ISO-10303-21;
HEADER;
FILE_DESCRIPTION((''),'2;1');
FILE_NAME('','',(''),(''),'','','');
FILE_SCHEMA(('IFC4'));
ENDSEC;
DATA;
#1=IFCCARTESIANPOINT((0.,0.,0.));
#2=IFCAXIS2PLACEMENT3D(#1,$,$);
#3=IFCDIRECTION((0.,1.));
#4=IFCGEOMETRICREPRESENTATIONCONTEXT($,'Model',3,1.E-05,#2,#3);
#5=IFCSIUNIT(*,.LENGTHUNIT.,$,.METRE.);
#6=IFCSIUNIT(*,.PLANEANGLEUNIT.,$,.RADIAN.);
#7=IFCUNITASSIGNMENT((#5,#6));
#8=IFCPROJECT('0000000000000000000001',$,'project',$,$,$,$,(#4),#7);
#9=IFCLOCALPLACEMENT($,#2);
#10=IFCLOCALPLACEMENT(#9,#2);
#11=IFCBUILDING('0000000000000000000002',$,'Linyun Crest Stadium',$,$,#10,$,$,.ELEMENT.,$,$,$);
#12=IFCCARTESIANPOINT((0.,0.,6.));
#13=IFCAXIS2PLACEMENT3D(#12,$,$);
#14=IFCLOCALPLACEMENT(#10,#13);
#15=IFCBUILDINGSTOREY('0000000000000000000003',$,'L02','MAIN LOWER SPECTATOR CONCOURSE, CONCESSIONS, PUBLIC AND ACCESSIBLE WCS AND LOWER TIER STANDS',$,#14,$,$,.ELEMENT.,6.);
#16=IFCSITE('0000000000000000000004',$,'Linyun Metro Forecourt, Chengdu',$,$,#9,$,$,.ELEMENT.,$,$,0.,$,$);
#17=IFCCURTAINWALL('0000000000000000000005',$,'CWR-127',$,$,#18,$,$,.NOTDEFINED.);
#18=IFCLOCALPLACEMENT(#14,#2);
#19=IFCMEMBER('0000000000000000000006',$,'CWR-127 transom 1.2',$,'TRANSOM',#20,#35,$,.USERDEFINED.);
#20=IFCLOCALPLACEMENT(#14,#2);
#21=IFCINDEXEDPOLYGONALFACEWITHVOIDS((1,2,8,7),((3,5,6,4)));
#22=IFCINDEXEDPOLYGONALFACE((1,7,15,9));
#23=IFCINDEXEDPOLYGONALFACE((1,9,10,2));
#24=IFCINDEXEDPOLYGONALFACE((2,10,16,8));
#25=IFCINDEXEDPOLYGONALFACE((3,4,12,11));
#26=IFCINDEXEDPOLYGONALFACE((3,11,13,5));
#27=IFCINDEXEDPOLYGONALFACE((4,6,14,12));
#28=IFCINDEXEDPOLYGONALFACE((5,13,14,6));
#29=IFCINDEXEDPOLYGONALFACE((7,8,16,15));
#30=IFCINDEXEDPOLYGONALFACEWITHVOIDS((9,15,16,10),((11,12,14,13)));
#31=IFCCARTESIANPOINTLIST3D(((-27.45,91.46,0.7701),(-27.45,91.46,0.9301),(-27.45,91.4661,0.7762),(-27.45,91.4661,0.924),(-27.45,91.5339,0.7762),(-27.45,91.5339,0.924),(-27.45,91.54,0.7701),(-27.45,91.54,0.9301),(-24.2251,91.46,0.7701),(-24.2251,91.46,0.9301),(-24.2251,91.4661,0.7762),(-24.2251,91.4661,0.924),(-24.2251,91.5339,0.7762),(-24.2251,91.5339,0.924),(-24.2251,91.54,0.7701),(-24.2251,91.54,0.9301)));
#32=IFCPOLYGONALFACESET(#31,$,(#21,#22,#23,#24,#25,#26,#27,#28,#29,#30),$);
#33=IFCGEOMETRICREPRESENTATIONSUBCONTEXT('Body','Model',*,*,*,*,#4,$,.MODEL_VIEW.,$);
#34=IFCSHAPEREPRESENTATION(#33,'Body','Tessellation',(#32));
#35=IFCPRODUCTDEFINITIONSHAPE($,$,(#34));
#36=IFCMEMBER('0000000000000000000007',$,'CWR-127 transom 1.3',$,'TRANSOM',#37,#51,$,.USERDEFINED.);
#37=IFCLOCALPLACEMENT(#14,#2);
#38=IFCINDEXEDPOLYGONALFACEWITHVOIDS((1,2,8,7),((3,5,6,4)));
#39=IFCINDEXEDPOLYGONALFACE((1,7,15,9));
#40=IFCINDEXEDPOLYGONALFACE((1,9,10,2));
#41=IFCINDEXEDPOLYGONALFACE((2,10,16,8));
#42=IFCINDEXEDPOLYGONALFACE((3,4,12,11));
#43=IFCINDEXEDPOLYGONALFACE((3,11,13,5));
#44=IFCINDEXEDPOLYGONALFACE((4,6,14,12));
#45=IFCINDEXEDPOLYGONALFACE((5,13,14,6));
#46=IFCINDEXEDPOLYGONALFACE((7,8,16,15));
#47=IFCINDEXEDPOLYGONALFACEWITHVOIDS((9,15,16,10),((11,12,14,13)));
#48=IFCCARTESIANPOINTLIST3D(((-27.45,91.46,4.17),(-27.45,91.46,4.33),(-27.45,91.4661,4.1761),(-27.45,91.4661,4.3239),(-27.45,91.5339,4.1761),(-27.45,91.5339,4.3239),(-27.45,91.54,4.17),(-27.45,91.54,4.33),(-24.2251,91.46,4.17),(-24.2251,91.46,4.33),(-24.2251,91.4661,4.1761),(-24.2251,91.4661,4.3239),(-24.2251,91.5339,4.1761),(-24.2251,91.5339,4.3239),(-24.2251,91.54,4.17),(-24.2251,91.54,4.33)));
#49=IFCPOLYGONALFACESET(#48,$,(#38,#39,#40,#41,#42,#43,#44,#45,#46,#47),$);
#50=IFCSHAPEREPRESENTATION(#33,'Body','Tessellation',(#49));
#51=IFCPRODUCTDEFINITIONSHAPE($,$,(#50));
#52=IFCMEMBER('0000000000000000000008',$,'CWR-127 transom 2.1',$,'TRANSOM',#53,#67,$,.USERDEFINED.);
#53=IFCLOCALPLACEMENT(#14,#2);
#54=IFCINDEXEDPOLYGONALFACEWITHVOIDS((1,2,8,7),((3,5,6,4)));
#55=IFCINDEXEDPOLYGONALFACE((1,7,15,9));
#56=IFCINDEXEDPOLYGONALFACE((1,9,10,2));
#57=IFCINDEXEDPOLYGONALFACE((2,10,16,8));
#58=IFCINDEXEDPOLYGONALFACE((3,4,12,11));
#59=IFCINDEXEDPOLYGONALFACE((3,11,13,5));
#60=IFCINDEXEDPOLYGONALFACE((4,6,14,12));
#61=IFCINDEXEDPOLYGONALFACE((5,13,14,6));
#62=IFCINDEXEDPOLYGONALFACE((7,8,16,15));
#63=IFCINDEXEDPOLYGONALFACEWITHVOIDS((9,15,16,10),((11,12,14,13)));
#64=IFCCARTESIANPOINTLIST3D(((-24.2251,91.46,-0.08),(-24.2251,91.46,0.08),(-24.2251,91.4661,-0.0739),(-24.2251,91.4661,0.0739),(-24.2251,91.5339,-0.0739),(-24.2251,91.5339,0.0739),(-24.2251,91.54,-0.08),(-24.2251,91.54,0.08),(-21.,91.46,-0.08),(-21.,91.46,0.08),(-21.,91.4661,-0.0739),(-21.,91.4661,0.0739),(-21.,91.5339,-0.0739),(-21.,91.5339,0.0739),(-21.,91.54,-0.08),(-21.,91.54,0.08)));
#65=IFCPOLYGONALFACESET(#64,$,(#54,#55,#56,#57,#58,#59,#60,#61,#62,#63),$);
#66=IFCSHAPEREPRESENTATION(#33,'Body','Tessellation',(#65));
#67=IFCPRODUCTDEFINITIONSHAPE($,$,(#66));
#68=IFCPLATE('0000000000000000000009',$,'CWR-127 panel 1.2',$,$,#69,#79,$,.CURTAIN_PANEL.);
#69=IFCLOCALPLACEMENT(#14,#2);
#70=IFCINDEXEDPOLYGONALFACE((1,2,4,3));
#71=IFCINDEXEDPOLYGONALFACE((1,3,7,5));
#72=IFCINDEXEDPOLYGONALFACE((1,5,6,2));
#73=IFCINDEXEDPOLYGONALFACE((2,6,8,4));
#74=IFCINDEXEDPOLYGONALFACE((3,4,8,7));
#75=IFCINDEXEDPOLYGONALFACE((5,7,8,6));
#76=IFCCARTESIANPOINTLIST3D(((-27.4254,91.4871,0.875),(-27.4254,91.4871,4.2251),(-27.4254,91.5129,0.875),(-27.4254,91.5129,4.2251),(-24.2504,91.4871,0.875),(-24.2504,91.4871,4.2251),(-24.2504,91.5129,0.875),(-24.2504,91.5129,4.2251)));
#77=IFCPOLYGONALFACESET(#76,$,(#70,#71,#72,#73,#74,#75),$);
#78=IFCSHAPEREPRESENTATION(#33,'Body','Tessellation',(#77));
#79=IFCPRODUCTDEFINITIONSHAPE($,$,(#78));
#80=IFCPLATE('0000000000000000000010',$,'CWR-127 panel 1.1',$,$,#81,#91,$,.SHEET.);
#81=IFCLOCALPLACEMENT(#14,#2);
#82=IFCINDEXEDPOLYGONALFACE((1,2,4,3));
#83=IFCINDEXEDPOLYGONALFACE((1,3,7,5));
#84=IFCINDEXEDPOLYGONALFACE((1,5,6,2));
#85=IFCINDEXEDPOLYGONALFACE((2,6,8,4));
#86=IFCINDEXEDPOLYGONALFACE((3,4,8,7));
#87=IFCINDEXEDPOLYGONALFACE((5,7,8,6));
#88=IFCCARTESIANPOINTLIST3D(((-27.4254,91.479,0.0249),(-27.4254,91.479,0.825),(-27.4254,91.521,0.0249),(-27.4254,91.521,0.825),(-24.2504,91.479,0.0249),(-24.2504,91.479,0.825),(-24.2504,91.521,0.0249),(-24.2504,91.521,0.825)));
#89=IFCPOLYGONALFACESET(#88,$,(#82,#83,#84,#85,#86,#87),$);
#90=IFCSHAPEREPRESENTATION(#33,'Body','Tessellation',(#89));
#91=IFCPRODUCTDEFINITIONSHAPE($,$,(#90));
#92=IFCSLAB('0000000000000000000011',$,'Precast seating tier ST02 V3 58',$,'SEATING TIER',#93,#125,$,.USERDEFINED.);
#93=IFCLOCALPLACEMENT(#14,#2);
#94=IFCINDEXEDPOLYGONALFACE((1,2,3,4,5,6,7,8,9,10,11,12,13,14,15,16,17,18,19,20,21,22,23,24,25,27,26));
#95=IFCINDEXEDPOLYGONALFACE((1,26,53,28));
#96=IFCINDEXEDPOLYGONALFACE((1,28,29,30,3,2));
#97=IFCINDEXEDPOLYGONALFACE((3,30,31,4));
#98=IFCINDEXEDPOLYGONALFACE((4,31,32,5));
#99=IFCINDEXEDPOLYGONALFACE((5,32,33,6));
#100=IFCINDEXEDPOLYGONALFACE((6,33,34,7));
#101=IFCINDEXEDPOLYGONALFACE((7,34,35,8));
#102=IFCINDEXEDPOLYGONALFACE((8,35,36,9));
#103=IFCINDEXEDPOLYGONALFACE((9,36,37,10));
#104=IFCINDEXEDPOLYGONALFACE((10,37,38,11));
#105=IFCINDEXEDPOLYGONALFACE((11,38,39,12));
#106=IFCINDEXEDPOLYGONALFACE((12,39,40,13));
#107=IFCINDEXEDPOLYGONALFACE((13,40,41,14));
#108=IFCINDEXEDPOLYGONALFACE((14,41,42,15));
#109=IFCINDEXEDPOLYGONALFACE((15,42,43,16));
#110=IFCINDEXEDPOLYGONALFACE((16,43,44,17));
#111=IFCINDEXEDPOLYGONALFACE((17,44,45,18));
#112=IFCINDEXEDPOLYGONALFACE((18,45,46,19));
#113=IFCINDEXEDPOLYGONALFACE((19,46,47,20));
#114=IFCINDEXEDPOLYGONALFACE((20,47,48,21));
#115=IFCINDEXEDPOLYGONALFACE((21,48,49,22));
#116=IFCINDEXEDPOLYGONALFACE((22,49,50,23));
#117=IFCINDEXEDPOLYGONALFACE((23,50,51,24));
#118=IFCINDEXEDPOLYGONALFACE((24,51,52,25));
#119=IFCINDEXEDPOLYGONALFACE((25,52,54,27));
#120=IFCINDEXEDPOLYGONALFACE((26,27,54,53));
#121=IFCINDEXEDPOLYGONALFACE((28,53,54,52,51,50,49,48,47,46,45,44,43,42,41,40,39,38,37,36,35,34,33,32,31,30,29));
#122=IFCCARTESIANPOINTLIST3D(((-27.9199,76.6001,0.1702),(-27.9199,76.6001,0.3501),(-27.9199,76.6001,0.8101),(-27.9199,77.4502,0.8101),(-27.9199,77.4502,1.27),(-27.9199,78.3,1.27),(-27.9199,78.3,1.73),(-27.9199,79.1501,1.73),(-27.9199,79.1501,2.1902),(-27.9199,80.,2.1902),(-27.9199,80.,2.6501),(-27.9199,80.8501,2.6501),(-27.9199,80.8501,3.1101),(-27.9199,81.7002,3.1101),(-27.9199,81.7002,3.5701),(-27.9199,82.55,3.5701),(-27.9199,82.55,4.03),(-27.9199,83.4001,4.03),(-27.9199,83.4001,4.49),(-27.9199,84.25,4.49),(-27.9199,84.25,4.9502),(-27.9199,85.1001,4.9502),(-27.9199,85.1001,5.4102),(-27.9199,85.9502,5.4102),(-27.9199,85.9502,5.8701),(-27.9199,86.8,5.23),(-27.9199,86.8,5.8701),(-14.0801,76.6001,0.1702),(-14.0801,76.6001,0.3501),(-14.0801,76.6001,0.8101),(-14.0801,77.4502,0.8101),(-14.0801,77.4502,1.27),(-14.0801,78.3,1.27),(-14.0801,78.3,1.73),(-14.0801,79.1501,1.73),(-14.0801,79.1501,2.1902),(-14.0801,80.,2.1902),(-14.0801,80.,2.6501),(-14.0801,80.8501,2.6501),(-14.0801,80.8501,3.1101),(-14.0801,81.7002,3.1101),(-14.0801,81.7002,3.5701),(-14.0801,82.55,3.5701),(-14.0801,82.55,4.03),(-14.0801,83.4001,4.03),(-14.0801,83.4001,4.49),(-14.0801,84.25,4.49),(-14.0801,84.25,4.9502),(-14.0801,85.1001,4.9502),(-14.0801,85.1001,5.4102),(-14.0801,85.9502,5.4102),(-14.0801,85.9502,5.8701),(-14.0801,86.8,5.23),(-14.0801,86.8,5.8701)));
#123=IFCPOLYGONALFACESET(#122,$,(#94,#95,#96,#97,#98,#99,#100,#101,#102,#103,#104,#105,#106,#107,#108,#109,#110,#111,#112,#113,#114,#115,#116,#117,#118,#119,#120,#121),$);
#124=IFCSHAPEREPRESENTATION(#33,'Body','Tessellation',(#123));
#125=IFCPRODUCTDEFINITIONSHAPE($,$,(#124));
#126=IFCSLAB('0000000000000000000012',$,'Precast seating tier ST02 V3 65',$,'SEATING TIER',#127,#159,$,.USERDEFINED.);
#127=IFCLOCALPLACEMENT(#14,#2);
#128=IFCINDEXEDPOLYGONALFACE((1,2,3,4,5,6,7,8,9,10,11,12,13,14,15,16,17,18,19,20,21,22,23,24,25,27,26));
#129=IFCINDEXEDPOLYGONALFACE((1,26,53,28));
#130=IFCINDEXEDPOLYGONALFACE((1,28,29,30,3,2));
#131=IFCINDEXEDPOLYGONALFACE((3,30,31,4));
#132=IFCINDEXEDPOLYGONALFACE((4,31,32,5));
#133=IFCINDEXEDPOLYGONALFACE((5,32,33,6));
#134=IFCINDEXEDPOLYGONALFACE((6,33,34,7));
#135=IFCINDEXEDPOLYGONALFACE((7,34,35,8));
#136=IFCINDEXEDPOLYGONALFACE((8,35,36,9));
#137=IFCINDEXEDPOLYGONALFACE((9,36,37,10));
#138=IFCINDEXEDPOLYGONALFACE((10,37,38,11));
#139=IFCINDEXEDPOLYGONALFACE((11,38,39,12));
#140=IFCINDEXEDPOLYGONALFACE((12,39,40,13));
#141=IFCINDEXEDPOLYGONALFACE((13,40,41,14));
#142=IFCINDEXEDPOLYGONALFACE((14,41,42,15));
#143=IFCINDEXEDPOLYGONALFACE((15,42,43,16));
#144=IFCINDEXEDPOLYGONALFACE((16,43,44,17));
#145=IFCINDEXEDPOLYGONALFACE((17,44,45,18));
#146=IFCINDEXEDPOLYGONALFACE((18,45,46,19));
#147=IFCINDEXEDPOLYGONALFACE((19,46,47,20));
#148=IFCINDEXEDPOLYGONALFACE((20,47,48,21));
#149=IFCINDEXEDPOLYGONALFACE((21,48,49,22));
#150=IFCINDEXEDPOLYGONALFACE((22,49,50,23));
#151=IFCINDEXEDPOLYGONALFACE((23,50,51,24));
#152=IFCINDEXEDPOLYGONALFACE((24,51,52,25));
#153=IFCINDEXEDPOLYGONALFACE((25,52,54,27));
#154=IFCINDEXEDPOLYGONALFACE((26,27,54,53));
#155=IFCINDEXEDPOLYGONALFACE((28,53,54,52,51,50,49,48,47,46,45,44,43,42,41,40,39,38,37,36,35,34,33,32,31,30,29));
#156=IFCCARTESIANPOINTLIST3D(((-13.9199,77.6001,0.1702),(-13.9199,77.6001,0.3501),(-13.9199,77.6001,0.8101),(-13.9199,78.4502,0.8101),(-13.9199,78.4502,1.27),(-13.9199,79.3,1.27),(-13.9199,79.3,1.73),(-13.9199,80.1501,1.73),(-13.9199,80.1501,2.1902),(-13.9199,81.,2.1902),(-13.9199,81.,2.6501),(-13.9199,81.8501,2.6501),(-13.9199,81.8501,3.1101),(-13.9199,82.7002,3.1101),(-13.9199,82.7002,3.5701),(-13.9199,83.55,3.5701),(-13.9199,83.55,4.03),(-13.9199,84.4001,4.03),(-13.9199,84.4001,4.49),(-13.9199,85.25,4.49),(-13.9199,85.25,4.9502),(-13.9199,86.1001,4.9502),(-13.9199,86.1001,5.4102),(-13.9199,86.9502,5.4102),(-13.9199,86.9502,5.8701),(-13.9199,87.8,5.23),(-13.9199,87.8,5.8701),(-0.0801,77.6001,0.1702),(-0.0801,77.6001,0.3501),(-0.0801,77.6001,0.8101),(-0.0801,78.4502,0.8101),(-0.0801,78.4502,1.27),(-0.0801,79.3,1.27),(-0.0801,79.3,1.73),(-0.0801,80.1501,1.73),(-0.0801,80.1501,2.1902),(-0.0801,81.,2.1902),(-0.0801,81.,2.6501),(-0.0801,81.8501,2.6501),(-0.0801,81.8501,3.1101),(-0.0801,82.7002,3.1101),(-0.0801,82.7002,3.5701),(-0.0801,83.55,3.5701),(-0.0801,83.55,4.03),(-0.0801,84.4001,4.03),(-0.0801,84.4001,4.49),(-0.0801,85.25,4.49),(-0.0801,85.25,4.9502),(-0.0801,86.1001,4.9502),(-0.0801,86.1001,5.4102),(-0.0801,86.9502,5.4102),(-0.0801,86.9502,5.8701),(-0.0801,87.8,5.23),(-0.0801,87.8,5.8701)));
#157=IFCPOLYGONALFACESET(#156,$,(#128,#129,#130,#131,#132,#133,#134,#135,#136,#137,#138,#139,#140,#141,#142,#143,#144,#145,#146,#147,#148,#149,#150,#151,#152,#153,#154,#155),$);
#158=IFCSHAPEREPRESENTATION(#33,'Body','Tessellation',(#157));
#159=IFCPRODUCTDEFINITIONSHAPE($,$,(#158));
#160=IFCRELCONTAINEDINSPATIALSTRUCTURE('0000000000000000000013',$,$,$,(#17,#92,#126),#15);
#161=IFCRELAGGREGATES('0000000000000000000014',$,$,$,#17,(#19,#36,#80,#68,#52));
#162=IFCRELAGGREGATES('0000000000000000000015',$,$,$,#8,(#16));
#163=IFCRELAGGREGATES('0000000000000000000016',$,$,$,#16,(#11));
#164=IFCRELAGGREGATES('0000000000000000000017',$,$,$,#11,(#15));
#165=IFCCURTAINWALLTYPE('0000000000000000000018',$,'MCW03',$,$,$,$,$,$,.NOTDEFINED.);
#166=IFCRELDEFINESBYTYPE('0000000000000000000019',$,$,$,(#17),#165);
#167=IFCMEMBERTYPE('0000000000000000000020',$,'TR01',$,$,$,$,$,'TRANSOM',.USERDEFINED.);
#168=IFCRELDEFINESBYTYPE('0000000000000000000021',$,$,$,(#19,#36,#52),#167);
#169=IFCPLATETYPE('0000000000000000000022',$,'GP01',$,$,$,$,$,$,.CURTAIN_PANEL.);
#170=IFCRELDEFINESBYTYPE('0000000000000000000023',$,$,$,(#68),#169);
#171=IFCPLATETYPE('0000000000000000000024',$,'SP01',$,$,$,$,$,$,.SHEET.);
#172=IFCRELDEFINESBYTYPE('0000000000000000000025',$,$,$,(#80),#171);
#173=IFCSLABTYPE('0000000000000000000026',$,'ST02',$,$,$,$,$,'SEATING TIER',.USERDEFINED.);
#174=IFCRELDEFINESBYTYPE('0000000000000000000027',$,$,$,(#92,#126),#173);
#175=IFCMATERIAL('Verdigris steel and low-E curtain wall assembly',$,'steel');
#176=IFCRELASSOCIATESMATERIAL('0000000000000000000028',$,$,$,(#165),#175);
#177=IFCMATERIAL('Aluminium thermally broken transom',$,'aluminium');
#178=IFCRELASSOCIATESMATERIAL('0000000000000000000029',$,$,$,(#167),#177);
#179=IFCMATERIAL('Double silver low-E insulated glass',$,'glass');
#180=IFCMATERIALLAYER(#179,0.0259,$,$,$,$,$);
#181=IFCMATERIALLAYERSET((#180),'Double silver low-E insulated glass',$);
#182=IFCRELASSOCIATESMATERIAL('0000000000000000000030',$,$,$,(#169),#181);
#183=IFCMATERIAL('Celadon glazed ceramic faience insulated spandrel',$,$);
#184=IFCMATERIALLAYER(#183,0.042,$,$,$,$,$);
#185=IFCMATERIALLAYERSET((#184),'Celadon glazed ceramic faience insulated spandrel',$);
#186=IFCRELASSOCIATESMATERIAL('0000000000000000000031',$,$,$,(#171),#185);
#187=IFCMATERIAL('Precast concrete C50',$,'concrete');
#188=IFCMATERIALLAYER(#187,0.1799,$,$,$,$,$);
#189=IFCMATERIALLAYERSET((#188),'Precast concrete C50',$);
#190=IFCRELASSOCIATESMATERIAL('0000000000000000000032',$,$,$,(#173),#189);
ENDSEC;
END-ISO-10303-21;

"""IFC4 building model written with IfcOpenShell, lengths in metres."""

from ifc_helpers import new_model, si_unit, direction, frame, origin, origin_2d, place, context, subcontext, project, spatial, polyline, rectangle, hollow_rectangle, outline, extrude, material, layer, layer_set, material_profile, profile_set, type_object, element, aggregate, save


model = new_model("IFC4")

# Units and contexts
model_context = context("Model", 3, precision=1e-05, world=origin(), true_north=direction((0.0, 1.0)))
body_context = subcontext(model_context, "Body", "Model", "MODEL_VIEW")
ifc_project = project(units=[si_unit("LENGTHUNIT", "METRE"), si_unit("PLANEANGLEUNIT", "RADIAN")], contexts=[model_context])

# Site, building, storey
site_placement = place(None, origin())
site = spatial("IfcSite", under=ifc_project, at=site_placement, Name="Linyun Metro Forecourt, Chengdu", CompositionType="ELEMENT", RefElevation=0.0)
building_placement = place(site_placement, origin())
building = spatial("IfcBuilding", under=site, at=building_placement, Name="Linyun Crest Stadium", CompositionType="ELEMENT")
storey_placement = place(building_placement, frame((0.0, 0.0, 6.0)))
storey = spatial("IfcBuildingStorey", under=building, at=storey_placement, Name="L02", Description="MAIN LOWER SPECTATOR CONCOURSE, CONCESSIONS, PUBLIC AND ACCESSIBLE WCS AND LOWER TIER STANDS", CompositionType="ELEMENT", Elevation=6.0)

# Curtain wall
ifc_material_1 = material(Name="Verdigris steel and low-E curtain wall assembly", Category="steel")
curtain_wall_type = type_object("IfcCurtainWallType", Name="MCW03", PredefinedType="NOTDEFINED", material=ifc_material_1)
curtain_wall_placement = place(storey_placement, origin())
curtain_wall = element("IfcCurtainWall", 1, at=curtain_wall_placement, inside=storey, type_object=curtain_wall_type, Name="CWR-127", PredefinedType="NOTDEFINED")

# Members
ifc_material_2 = material(Name="Aluminium thermally broken transom", Category="aluminium")
ifc_material_profile_1 = material_profile(ifc_material_2, hollow_rectangle(XDim=0.0801, YDim=0.1599, WallThickness=0.0061, at=origin_2d()), Name="RHS 160x80x6")
ifc_profile_set_1 = profile_set([ifc_material_profile_1], Name="Aluminium thermally broken transom")
member_type_1 = type_object("IfcMemberType", Name="TR01", ElementType="TRANSOM", PredefinedType="USERDEFINED", material=ifc_profile_set_1)
member_1_placement = place(storey_placement, frame((-27.45, 91.5, 0.8501), z_axis=(1.0, 0.0, 0.0), x_axis=(0.0, 1.0, 0.0)))
member_1 = element("IfcMember", 2, at=member_1_placement, type_object=member_type_1, Name="CWR-127 transom 1.2", ObjectType="TRANSOM", PredefinedType="USERDEFINED", context=body_context, shape_type="SweptSolid", body=[
    extrude(hollow_rectangle(XDim=0.0801, YDim=0.1599, WallThickness=0.0061, at=origin_2d()), origin(), (0.0, 0.0, 1.0), 3.2249),
])
member_2_placement = place(storey_placement, frame((-27.45, 91.5, 4.25), z_axis=(1.0, 0.0, 0.0), x_axis=(0.0, 1.0, 0.0)))
member_2 = element("IfcMember", 3, at=member_2_placement, type_object=member_type_1, Name="CWR-127 transom 1.3", ObjectType="TRANSOM", PredefinedType="USERDEFINED", context=body_context, shape_type="SweptSolid", body=[
    extrude(hollow_rectangle(XDim=0.0801, YDim=0.1599, WallThickness=0.0061, at=origin_2d()), origin(), (0.0, 0.0, 1.0), 3.2249),
])
member_3_placement = place(storey_placement, frame((-24.2251, 91.5, 0.0), z_axis=(1.0, 0.0, 0.0), x_axis=(0.0, 1.0, 0.0)))
member_3 = element("IfcMember", 4, at=member_3_placement, type_object=member_type_1, Name="CWR-127 transom 2.1", ObjectType="TRANSOM", PredefinedType="USERDEFINED", context=body_context, shape_type="SweptSolid", body=[
    extrude(hollow_rectangle(XDim=0.0801, YDim=0.1599, WallThickness=0.0061, at=origin_2d()), origin(), (0.0, 0.0, 1.0), 3.2251),
])

# Plates
ifc_material_3 = material(Name="Double silver low-E insulated glass", Category="glass")
ifc_layer_1 = layer(ifc_material_3, 0.0259)
ifc_layer_set_1 = layer_set([ifc_layer_1], Name="Double silver low-E insulated glass")
plate_type_1 = type_object("IfcPlateType", Name="GP01", PredefinedType="CURTAIN_PANEL", material=ifc_layer_set_1)
plate_1_placement = place(storey_placement, frame((-25.8379, 91.5, 0.875), z_axis=(0.0, 0.0, 1.0), x_axis=(1.0, 0.0, 0.0)))
plate_1 = element("IfcPlate", 5, at=plate_1_placement, type_object=plate_type_1, Name="CWR-127 panel 1.2", PredefinedType="CURTAIN_PANEL", context=body_context, shape_type="SweptSolid", body=[
    extrude(rectangle(XDim=3.175, YDim=0.0259, at=origin_2d()), origin(), (0.0, 0.0, 1.0), 3.3501),
])
ifc_material_4 = material(Name="Celadon glazed ceramic faience insulated spandrel")
ifc_layer_2 = layer(ifc_material_4, 0.042)
ifc_layer_set_2 = layer_set([ifc_layer_2], Name="Celadon glazed ceramic faience insulated spandrel")
plate_type_2 = type_object("IfcPlateType", Name="SP01", PredefinedType="SHEET", material=ifc_layer_set_2)
plate_2_placement = place(storey_placement, frame((-25.8379, 91.5, 0.0249), z_axis=(0.0, 0.0, 1.0), x_axis=(1.0, 0.0, 0.0)))
plate_2 = element("IfcPlate", 6, at=plate_2_placement, type_object=plate_type_2, Name="CWR-127 panel 1.1", PredefinedType="SHEET", context=body_context, shape_type="SweptSolid", body=[
    extrude(rectangle(XDim=3.175, YDim=0.042, at=origin_2d()), origin(), (0.0, 0.0, 1.0), 0.8),
])
aggregate(curtain_wall, [member_1, member_2, plate_2, plate_1, member_3])

# Slabs
ifc_material_5 = material(Name="Precast concrete C50", Category="concrete")
ifc_layer_3 = layer(ifc_material_5, 0.1799)
ifc_layer_set_3 = layer_set([ifc_layer_3], Name="Precast concrete C50")
slab_type = type_object("IfcSlabType", Name="ST02", ElementType="SEATING TIER", PredefinedType="USERDEFINED", material=ifc_layer_set_3)
for number, where, z_axis, x_axis, name in (
    (7, (-27.9199, 76.6001, 0.3501), (0.0, 0.0, 1.0), (0.0, 1.0, 0.0), "Precast seating tier ST02 V3 58"),
    (8, (-13.9199, 77.6001, 0.3501), (0.0, 0.0, 1.0), (0.0, 1.0, 0.0), "Precast seating tier ST02 V3 65"),
):
    element("IfcSlab", number, at=place(storey_placement, frame(where, z_axis=z_axis, x_axis=x_axis)), inside=storey, type_object=slab_type, Name=name, ObjectType="SEATING TIER", PredefinedType="USERDEFINED", context=body_context, shape_type="SweptSolid", body=[
        extrude(outline(polyline([(0.0, 0.0), (0.0, 0.46), (0.8501, 0.46), (0.8501, 0.9199), (1.7, 0.9199), (1.7, 1.3799), (2.55, 1.3799), (2.55, 1.8401), (3.3999, 1.8401), (3.3999, 2.3), (4.25, 2.3), (4.25, 2.76), (5.1001, 2.76), (5.1001, 3.22), (5.95, 3.22), (5.95, 3.6799), (6.8, 3.6799), (6.8, 4.1399), (7.6499, 4.1399), (7.6499, 4.6001), (8.5, 4.6001), (8.5, 5.0601), (9.3501, 5.0601), (9.3501, 5.52), (10.2, 5.52), (10.2, 4.8799), (0.0, -0.1799), (0.0, 0.0)])), frame((0.0, 0.0, 0.0), z_axis=(0.0, -1.0, 0.0), x_axis=(1.0, 0.0, 0.0)), (0.0, 0.0, 1.0), 13.8398),
    ])

save(model, "model.ifc")
